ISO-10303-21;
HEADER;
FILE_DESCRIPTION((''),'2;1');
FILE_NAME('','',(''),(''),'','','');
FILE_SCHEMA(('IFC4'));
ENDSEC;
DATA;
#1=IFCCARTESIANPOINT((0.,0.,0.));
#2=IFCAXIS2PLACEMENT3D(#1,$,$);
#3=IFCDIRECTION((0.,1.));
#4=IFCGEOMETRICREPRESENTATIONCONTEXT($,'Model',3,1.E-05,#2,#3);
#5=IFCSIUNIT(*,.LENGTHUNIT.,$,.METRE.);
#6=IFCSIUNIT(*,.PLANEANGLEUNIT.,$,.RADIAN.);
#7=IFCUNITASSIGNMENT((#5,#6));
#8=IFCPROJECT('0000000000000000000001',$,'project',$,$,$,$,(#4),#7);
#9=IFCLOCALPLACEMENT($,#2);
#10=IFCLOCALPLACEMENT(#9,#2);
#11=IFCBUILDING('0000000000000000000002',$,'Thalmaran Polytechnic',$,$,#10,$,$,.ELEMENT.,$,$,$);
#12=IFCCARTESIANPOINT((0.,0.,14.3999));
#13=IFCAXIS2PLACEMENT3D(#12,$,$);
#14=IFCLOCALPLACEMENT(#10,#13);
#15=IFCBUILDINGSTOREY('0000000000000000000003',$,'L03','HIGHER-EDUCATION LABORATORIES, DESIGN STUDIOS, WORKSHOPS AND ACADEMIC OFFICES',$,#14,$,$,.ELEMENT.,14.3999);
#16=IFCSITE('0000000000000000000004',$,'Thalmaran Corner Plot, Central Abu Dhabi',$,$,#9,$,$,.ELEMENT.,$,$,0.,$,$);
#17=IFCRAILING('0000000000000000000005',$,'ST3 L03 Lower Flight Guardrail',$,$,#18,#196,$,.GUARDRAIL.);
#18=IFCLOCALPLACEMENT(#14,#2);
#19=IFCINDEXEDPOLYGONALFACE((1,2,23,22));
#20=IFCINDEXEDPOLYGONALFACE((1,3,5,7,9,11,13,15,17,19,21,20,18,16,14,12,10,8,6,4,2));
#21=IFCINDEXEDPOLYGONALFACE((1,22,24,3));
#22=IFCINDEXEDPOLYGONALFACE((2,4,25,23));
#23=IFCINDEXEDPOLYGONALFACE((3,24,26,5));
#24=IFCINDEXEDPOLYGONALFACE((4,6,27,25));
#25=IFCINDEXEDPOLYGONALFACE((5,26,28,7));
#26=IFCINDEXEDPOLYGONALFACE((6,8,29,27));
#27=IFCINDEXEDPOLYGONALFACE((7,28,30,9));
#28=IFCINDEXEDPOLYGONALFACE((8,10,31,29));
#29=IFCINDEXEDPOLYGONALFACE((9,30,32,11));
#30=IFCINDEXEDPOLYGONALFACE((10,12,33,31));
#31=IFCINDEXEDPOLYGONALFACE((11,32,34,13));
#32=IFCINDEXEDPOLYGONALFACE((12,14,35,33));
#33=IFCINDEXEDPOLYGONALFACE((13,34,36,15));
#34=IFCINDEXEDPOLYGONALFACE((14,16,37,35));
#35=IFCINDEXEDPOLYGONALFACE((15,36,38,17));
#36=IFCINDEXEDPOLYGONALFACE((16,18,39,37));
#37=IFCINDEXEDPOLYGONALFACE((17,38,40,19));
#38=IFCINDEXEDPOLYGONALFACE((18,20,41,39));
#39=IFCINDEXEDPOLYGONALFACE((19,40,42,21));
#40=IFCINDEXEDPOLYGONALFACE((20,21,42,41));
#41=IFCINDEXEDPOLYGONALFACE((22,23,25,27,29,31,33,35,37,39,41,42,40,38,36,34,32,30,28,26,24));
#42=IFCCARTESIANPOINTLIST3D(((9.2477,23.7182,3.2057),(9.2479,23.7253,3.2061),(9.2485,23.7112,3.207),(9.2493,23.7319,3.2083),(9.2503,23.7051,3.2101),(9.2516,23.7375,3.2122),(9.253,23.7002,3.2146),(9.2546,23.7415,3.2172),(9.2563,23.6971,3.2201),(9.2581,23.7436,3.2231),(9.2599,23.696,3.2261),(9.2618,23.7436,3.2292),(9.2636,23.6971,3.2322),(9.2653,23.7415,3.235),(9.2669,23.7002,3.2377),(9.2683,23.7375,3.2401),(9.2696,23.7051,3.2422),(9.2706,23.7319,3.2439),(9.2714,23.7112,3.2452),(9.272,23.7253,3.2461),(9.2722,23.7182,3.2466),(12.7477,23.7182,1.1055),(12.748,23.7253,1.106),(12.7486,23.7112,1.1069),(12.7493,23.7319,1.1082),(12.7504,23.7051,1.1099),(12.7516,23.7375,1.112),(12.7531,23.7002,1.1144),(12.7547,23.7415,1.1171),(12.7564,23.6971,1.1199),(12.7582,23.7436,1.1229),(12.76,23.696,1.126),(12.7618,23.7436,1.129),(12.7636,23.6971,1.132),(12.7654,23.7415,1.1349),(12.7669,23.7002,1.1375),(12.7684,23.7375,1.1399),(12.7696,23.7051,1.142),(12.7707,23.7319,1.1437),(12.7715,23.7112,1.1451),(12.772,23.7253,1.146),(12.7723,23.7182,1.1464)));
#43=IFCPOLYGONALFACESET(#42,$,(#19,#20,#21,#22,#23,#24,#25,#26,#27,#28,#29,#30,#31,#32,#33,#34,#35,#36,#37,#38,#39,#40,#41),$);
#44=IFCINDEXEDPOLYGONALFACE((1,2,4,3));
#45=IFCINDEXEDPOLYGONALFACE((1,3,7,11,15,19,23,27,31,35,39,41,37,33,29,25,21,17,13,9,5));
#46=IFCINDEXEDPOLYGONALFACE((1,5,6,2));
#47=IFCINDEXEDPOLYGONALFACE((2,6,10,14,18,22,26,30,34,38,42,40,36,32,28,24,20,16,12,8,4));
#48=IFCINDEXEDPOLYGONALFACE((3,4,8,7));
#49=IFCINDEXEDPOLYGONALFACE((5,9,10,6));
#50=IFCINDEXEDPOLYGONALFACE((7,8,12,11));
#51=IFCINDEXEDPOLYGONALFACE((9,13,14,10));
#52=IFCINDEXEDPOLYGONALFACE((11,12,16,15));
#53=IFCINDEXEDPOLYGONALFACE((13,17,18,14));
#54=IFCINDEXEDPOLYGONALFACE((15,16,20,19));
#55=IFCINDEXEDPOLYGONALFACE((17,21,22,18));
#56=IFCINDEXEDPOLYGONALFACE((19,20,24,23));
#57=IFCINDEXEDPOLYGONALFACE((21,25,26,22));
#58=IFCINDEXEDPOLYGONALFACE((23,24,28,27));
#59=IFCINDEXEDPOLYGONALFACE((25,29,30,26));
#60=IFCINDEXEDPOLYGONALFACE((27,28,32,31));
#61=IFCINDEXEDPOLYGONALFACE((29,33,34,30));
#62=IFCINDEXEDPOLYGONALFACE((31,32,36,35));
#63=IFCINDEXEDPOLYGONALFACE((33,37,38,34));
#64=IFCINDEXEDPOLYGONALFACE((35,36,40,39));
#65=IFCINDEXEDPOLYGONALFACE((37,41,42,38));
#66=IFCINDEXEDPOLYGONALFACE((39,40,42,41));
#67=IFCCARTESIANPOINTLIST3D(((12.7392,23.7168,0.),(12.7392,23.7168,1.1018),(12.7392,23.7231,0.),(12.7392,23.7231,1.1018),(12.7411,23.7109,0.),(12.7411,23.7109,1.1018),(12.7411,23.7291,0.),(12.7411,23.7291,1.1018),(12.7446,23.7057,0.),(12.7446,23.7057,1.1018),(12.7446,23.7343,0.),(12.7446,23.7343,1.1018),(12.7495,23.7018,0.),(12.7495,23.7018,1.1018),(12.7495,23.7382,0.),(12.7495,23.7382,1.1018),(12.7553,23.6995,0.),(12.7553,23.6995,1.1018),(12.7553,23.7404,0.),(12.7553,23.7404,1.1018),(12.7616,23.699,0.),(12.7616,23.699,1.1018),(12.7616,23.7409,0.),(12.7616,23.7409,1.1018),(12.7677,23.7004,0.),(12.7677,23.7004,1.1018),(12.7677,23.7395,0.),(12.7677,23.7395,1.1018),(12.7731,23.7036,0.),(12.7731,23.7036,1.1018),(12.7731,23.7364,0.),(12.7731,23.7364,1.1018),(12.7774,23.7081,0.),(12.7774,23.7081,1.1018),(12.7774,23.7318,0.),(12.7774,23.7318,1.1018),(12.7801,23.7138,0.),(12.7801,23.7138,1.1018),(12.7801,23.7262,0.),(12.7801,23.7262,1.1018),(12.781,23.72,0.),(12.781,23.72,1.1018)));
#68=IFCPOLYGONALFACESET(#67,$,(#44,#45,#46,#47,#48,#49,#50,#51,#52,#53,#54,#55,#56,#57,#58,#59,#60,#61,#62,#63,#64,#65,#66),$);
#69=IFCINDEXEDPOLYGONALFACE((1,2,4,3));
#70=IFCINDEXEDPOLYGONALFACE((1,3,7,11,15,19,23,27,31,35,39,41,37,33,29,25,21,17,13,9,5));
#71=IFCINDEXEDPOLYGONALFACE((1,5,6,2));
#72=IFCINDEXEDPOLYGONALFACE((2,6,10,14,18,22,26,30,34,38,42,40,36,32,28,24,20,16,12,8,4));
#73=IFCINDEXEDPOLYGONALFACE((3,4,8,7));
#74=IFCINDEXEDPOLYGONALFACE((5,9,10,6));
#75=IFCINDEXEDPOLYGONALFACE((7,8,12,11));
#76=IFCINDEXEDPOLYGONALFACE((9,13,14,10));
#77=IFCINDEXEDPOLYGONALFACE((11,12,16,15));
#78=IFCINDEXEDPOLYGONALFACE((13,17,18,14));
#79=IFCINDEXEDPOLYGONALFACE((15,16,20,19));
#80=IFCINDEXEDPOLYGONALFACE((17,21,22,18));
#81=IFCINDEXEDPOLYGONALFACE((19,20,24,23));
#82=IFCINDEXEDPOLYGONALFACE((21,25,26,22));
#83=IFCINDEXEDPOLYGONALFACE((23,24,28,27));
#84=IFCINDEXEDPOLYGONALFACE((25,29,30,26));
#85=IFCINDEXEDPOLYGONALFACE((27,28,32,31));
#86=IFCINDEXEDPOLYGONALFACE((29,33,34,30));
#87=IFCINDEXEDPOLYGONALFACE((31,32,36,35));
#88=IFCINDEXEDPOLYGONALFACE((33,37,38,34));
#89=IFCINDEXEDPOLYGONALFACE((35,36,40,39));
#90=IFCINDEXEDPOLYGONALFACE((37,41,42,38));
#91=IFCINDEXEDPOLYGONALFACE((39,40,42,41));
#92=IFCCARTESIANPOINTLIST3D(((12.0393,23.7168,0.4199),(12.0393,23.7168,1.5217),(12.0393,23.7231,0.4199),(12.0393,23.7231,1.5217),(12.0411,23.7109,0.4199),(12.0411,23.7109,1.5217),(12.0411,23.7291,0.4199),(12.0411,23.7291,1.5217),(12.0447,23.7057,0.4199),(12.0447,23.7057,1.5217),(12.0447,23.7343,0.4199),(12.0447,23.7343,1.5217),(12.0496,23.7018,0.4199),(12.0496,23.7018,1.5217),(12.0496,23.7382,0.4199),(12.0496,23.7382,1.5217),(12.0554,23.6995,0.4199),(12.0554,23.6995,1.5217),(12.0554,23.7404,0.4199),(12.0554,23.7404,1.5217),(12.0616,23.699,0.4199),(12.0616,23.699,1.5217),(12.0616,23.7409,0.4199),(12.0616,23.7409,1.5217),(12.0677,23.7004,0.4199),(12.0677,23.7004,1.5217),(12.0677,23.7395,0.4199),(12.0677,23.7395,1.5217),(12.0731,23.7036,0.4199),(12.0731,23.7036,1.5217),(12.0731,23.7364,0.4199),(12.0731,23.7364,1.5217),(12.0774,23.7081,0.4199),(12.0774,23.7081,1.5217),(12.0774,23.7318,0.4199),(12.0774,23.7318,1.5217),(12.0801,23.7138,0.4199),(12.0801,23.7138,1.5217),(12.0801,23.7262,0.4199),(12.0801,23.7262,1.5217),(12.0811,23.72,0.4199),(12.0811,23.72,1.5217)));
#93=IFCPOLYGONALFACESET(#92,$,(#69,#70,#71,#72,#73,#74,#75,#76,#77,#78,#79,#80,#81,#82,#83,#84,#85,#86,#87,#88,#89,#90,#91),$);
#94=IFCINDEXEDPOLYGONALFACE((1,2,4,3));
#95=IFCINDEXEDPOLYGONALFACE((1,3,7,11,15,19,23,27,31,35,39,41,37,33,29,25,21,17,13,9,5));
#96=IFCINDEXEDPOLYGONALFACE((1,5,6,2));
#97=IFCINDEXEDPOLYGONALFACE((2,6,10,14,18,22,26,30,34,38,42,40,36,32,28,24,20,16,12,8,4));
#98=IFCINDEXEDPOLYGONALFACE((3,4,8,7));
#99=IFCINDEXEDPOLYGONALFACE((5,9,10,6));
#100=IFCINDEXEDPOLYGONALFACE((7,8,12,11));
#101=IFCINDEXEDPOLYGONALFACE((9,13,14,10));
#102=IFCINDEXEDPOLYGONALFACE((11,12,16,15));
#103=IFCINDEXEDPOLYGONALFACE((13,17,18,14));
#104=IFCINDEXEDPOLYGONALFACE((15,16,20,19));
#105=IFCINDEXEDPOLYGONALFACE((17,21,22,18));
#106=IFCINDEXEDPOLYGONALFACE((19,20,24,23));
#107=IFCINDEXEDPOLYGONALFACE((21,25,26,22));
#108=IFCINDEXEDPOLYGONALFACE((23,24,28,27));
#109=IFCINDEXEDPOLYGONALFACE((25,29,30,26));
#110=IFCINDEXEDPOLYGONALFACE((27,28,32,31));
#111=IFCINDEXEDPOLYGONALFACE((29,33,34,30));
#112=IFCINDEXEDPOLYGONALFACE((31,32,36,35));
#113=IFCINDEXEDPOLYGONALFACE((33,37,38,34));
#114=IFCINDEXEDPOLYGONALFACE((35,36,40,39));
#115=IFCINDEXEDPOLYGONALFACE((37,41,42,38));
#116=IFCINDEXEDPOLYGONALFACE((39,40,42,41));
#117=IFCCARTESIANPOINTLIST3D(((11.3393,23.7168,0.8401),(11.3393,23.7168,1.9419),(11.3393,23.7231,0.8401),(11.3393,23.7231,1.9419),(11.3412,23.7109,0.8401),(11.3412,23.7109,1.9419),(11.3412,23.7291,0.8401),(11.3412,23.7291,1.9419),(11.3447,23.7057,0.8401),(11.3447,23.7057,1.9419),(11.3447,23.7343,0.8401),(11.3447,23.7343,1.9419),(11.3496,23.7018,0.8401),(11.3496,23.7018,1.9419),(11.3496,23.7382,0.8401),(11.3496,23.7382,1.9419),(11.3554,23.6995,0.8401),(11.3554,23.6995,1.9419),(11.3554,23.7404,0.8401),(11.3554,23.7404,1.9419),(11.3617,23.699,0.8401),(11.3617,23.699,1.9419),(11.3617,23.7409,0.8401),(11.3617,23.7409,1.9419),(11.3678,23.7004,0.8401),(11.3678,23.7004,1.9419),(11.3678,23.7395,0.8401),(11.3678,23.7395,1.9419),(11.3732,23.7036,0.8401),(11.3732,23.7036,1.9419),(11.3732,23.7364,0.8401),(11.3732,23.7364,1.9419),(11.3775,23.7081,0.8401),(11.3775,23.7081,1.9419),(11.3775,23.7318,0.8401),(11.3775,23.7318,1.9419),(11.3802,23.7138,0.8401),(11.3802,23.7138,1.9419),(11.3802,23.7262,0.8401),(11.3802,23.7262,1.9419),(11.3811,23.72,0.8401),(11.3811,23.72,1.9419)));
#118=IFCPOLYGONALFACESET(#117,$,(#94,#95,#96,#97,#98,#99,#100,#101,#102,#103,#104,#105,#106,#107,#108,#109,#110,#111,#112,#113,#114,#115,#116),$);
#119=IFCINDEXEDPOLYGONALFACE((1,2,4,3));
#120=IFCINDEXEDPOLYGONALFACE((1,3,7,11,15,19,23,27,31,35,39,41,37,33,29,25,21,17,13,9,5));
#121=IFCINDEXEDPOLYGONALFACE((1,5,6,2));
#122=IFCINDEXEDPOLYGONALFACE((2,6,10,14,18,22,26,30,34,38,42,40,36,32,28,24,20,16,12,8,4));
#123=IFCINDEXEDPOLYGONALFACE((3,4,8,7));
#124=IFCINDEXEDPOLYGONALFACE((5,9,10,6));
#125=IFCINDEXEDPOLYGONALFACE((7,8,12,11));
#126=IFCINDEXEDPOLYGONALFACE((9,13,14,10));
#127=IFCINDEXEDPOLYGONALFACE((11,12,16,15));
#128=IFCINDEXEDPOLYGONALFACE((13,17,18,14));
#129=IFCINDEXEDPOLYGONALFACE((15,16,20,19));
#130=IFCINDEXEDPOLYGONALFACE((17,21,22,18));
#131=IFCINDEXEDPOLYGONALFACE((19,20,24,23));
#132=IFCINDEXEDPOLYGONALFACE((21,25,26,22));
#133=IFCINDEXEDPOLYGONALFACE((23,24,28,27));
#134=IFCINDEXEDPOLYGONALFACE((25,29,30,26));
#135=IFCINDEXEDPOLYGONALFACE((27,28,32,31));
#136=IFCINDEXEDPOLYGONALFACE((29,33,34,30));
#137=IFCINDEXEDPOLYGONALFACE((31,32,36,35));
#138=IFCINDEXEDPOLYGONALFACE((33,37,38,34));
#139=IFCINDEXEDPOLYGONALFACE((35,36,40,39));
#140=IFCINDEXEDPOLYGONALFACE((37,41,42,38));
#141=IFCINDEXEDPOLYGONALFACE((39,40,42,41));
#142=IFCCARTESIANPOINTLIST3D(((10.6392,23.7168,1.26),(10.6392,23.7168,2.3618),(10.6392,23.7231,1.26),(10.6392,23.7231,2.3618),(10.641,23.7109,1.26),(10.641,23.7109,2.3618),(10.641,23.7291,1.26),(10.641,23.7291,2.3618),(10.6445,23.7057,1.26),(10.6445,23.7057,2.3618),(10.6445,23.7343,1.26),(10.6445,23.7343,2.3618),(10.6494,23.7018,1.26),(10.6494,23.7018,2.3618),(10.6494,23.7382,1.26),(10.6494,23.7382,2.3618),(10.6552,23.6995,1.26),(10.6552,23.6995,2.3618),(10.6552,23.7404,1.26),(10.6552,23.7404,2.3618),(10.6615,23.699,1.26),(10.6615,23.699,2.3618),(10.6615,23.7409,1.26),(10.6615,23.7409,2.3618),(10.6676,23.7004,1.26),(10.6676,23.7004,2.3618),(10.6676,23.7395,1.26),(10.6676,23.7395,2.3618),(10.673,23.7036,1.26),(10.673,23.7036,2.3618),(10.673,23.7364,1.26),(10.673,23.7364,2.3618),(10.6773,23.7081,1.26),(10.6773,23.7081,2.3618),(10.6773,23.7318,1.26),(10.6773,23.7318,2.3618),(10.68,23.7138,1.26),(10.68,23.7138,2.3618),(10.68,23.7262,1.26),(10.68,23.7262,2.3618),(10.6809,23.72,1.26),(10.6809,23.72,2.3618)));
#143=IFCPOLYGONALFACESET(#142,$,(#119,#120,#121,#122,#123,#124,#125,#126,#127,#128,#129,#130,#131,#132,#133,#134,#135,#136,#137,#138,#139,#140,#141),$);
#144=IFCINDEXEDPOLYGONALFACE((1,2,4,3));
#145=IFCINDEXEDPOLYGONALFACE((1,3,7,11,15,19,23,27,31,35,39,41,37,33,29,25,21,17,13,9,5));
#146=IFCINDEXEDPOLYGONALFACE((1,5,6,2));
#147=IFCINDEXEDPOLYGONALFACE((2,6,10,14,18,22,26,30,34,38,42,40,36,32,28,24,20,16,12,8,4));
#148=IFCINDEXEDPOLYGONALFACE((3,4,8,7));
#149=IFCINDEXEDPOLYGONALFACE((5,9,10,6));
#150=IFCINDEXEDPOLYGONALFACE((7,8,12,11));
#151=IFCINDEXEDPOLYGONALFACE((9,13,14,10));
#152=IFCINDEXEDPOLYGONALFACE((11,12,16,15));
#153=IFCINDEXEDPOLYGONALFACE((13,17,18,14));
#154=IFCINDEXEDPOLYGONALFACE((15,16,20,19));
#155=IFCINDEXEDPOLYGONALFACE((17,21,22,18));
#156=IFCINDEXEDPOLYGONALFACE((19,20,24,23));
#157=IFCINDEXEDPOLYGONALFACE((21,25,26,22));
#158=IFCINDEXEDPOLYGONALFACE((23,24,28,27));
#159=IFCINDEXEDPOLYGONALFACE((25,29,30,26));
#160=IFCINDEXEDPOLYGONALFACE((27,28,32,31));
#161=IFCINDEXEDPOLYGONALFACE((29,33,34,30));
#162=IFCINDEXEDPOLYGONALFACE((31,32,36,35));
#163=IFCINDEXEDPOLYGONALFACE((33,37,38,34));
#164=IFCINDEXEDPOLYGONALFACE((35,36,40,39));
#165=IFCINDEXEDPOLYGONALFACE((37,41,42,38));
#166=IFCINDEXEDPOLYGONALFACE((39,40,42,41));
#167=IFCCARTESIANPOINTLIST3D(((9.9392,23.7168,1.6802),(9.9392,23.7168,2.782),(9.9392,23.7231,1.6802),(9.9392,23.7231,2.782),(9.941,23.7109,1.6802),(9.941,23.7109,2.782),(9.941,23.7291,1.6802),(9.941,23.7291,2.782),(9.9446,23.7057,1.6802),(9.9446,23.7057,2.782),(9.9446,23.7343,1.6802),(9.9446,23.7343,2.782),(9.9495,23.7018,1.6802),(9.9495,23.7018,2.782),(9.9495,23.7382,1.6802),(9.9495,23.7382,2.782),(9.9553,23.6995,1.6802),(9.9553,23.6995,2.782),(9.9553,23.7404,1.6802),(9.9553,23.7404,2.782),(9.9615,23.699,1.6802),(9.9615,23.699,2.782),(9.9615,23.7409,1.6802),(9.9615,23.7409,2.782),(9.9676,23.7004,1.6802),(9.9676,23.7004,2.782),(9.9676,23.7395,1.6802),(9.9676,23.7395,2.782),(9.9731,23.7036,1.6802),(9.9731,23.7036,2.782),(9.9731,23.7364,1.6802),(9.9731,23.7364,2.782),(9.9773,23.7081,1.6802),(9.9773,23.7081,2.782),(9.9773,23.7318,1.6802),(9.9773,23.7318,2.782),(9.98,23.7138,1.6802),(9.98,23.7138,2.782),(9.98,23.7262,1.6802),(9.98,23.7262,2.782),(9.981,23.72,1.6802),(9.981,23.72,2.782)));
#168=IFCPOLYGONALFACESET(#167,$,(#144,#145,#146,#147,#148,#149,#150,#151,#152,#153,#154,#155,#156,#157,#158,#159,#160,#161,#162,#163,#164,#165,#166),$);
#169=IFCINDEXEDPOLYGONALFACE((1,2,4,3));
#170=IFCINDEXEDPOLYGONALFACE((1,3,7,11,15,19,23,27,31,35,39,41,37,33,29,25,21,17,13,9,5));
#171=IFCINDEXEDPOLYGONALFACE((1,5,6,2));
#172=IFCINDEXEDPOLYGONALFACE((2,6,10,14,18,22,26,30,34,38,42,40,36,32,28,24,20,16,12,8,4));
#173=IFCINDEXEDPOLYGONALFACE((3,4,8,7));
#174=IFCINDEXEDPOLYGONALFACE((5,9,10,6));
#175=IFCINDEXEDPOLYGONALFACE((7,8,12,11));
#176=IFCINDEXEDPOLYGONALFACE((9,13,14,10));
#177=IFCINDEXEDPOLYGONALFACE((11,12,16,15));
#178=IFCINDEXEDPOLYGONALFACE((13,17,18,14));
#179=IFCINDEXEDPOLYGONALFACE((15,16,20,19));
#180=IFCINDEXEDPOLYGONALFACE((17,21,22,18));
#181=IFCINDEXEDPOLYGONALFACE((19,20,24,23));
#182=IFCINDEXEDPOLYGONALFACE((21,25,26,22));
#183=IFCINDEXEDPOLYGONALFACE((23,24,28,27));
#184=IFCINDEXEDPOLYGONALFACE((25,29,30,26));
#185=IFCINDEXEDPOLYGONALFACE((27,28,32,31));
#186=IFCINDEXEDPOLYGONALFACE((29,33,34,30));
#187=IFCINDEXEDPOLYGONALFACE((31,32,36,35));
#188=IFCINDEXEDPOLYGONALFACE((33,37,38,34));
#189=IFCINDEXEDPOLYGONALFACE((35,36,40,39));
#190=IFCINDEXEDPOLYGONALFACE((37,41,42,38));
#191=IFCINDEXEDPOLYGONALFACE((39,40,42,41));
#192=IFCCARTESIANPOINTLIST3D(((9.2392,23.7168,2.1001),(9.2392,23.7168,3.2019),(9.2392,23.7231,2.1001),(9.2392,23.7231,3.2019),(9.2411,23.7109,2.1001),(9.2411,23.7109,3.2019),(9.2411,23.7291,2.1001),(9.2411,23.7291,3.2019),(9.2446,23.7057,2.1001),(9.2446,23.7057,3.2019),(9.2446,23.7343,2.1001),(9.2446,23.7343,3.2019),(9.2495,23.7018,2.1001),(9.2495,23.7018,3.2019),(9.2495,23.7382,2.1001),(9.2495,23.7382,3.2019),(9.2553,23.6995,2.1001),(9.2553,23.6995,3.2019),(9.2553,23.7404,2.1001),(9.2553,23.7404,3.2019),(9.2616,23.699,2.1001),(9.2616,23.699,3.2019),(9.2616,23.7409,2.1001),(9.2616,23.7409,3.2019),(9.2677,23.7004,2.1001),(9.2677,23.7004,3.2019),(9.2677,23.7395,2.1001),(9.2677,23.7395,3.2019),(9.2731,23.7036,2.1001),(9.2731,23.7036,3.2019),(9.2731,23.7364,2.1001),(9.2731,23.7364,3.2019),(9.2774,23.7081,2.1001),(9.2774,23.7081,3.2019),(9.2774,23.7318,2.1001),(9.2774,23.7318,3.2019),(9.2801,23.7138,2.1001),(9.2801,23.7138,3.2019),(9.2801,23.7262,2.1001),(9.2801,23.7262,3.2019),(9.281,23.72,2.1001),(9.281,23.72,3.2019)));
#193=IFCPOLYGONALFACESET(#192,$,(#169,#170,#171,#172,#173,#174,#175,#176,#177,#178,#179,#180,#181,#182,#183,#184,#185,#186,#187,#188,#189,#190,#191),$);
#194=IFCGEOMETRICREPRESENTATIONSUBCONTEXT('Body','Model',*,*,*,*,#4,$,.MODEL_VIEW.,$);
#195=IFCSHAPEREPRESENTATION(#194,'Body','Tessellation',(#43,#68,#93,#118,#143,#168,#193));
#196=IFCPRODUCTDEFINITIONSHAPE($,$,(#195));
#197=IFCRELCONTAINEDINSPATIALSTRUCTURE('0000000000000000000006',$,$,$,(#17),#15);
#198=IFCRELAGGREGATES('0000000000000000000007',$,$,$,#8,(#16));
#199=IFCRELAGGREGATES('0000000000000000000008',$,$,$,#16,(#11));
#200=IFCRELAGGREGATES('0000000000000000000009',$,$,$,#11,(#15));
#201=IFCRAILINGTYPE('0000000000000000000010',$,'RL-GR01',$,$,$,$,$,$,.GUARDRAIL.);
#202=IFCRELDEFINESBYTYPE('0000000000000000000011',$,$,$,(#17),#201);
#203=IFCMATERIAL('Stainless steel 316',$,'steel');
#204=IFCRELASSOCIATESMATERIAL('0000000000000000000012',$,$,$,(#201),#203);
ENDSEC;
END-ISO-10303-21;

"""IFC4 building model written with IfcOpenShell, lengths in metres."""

from ifc_helpers import new_model, si_unit, direction, frame, origin, origin_2d, place, context, subcontext, project, spatial, circle, extrude, material, type_object, element, save


model = new_model("IFC4")

# Units and contexts
model_context = context("Model", 3, precision=1e-05, world=origin(), true_north=direction((0.0, 1.0)))
body_context = subcontext(model_context, "Body", "Model", "MODEL_VIEW")
ifc_project = project(units=[si_unit("LENGTHUNIT", "METRE"), si_unit("PLANEANGLEUNIT", "RADIAN")], contexts=[model_context])

# Site, building, storey
site_placement = place(None, origin())
site = spatial("IfcSite", under=ifc_project, at=site_placement, Name="Thalmaran Corner Plot, Central Abu Dhabi", CompositionType="ELEMENT", RefElevation=0.0)
building_placement = place(site_placement, origin())
building = spatial("IfcBuilding", under=site, at=building_placement, Name="Thalmaran Polytechnic", CompositionType="ELEMENT")
storey_placement = place(building_placement, frame((0.0, 0.0, 14.3999)))
storey = spatial("IfcBuildingStorey", under=building, at=storey_placement, Name="L03", Description="HIGHER-EDUCATION LABORATORIES, DESIGN STUDIOS, WORKSHOPS AND ACADEMIC OFFICES", CompositionType="ELEMENT", Elevation=14.3999)

# Railing
ifc_material_1 = material(Name="Stainless steel 316", Category="steel")
railing_type_1 = type_object("IfcRailingType", Name="RL-GR01", PredefinedType="GUARDRAIL", material=ifc_material_1)
railing_1_placement = place(storey_placement, frame((12.76, 23.72, 0.0)))
element("IfcRailing", 1, at=railing_1_placement, inside=storey, type_object=railing_type_1, Name="ST3 L03 Lower Flight Guardrail", PredefinedType="GUARDRAIL", context=body_context, shape_type="SweptSolid", body=[
    extrude(circle(Radius=0.0239, at=origin_2d()), frame((0.0, 0.0, 1.126), z_axis=(-0.857482, 0.0, 0.514513), x_axis=(0.0, -1.0, 0.0)), (0.0, 0.0, 1.0), 4.0818),
    extrude(circle(Radius=0.021, at=origin_2d()), origin(), (0.0, 0.0, 1.0), 1.1018),
    extrude(circle(Radius=0.021, at=origin_2d()), frame((-0.7, 0.0, 0.4199)), (0.0, 0.0, 1.0), 1.1018),
    extrude(circle(Radius=0.021, at=origin_2d()), frame((-1.3999, 0.0, 0.8401)), (0.0, 0.0, 1.0), 1.1018),
    extrude(circle(Radius=0.021, at=origin_2d()), frame((-2.1001, 0.0, 1.26)), (0.0, 0.0, 1.0), 1.1018),
    extrude(circle(Radius=0.021, at=origin_2d()), frame((-2.8, 0.0, 1.6802)), (0.0, 0.0, 1.0), 1.1018),
    extrude(circle(Radius=0.021, at=origin_2d()), frame((-3.5, 0.0, 2.1001)), (0.0, 0.0, 1.0), 1.1018),
])

save(model, "model.ifc")
